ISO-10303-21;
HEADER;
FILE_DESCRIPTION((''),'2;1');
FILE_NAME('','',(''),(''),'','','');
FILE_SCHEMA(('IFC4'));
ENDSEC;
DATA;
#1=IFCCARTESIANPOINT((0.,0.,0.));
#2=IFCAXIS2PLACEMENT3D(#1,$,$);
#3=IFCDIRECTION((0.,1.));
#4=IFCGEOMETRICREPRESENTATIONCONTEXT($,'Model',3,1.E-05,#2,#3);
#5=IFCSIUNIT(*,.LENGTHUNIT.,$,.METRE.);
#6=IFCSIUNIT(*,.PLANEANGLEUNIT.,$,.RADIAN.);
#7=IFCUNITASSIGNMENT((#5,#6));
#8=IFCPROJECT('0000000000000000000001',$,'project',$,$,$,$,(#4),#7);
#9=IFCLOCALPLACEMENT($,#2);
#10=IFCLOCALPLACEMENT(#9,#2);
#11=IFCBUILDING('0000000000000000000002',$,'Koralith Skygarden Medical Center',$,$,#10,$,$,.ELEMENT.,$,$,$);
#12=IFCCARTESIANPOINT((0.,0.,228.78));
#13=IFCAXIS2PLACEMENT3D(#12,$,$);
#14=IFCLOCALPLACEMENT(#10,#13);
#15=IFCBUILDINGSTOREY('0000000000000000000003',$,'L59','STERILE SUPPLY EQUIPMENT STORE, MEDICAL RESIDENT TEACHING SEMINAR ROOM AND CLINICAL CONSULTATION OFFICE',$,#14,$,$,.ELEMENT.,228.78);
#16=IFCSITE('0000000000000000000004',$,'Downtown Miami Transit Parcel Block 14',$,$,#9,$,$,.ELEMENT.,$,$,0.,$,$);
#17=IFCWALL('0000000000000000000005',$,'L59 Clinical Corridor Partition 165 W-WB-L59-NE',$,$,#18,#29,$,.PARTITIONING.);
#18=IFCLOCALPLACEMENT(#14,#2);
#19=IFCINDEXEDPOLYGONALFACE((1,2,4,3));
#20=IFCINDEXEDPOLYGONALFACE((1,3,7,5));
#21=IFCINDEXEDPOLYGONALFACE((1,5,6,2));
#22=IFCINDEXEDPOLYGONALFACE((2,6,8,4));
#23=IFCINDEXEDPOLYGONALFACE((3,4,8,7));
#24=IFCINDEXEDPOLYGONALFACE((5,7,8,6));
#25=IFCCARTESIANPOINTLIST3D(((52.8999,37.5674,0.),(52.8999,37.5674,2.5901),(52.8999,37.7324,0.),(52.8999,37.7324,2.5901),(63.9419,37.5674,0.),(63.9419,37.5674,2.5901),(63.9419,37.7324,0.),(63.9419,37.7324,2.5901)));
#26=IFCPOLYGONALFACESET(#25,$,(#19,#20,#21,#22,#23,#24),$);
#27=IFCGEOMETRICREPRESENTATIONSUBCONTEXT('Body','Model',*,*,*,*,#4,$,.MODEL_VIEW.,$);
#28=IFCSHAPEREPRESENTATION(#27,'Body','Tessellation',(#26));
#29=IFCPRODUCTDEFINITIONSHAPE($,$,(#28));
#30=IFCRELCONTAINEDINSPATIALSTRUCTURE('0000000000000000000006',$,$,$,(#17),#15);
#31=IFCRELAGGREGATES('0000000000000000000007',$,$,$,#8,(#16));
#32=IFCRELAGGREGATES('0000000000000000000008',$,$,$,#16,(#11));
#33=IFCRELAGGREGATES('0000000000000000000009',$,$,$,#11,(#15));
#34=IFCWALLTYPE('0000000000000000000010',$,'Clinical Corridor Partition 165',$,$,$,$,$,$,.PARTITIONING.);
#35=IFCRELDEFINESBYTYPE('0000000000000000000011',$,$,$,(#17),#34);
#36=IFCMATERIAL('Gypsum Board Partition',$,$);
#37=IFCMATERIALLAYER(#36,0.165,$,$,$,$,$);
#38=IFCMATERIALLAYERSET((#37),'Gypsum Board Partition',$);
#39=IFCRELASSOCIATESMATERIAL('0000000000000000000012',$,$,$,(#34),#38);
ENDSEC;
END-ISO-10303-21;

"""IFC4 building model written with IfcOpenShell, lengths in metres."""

from ifc_helpers import new_model, si_unit, direction, frame, frame_2d, origin, place, context, subcontext, project, spatial, rectangle, extrude, material, layer, layer_set, type_object, element, save


model = new_model("IFC4")

# Units and contexts
model_context = context("Model", 3, precision=1e-05, world=origin(), true_north=direction((0.0, 1.0)))
body_context = subcontext(model_context, "Body", "Model", "MODEL_VIEW")
ifc_project = project(units=[si_unit("LENGTHUNIT", "METRE"), si_unit("PLANEANGLEUNIT", "RADIAN")], contexts=[model_context])

# Site, building, storey
site_placement = place(None, origin())
site = spatial("IfcSite", under=ifc_project, at=site_placement, Name="Downtown Miami Transit Parcel Block 14", CompositionType="ELEMENT", RefElevation=0.0)
building_placement = place(site_placement, origin())
building = spatial("IfcBuilding", under=site, at=building_placement, Name="Koralith Skygarden Medical Center", CompositionType="ELEMENT")
storey_placement = place(building_placement, frame((0.0, 0.0, 228.78)))
storey = spatial("IfcBuildingStorey", under=building, at=storey_placement, Name="L59", Description="STERILE SUPPLY EQUIPMENT STORE, MEDICAL RESIDENT TEACHING SEMINAR ROOM AND CLINICAL CONSULTATION OFFICE", CompositionType="ELEMENT", Elevation=228.78)

# Wall
ifc_material_1 = material(Name="Gypsum Board Partition")
ifc_layer_1 = layer(ifc_material_1, 0.165)
ifc_layer_set_1 = layer_set([ifc_layer_1], Name="Gypsum Board Partition")
wall_type_1 = type_object("IfcWallType", Name="Clinical Corridor Partition 165", PredefinedType="PARTITIONING", material=ifc_layer_set_1)
wall_1_placement = place(storey_placement, frame((52.8999, 37.6499, 0.0), z_axis=(0.0, 0.0, 1.0), x_axis=(1.0, 0.0, 0.0)))
element("IfcWall", 1, at=wall_1_placement, inside=storey, type_object=wall_type_1, Name="L59 Clinical Corridor Partition 165 W-WB-L59-NE", PredefinedType="PARTITIONING", context=body_context, shape_type="SweptSolid", body=[
    extrude(rectangle(XDim=11.042, YDim=0.165, at=frame_2d((5.521, 0.0))), origin(), (0.0, 0.0, 1.0), 2.5901),
])

save(model, "model.ifc")
